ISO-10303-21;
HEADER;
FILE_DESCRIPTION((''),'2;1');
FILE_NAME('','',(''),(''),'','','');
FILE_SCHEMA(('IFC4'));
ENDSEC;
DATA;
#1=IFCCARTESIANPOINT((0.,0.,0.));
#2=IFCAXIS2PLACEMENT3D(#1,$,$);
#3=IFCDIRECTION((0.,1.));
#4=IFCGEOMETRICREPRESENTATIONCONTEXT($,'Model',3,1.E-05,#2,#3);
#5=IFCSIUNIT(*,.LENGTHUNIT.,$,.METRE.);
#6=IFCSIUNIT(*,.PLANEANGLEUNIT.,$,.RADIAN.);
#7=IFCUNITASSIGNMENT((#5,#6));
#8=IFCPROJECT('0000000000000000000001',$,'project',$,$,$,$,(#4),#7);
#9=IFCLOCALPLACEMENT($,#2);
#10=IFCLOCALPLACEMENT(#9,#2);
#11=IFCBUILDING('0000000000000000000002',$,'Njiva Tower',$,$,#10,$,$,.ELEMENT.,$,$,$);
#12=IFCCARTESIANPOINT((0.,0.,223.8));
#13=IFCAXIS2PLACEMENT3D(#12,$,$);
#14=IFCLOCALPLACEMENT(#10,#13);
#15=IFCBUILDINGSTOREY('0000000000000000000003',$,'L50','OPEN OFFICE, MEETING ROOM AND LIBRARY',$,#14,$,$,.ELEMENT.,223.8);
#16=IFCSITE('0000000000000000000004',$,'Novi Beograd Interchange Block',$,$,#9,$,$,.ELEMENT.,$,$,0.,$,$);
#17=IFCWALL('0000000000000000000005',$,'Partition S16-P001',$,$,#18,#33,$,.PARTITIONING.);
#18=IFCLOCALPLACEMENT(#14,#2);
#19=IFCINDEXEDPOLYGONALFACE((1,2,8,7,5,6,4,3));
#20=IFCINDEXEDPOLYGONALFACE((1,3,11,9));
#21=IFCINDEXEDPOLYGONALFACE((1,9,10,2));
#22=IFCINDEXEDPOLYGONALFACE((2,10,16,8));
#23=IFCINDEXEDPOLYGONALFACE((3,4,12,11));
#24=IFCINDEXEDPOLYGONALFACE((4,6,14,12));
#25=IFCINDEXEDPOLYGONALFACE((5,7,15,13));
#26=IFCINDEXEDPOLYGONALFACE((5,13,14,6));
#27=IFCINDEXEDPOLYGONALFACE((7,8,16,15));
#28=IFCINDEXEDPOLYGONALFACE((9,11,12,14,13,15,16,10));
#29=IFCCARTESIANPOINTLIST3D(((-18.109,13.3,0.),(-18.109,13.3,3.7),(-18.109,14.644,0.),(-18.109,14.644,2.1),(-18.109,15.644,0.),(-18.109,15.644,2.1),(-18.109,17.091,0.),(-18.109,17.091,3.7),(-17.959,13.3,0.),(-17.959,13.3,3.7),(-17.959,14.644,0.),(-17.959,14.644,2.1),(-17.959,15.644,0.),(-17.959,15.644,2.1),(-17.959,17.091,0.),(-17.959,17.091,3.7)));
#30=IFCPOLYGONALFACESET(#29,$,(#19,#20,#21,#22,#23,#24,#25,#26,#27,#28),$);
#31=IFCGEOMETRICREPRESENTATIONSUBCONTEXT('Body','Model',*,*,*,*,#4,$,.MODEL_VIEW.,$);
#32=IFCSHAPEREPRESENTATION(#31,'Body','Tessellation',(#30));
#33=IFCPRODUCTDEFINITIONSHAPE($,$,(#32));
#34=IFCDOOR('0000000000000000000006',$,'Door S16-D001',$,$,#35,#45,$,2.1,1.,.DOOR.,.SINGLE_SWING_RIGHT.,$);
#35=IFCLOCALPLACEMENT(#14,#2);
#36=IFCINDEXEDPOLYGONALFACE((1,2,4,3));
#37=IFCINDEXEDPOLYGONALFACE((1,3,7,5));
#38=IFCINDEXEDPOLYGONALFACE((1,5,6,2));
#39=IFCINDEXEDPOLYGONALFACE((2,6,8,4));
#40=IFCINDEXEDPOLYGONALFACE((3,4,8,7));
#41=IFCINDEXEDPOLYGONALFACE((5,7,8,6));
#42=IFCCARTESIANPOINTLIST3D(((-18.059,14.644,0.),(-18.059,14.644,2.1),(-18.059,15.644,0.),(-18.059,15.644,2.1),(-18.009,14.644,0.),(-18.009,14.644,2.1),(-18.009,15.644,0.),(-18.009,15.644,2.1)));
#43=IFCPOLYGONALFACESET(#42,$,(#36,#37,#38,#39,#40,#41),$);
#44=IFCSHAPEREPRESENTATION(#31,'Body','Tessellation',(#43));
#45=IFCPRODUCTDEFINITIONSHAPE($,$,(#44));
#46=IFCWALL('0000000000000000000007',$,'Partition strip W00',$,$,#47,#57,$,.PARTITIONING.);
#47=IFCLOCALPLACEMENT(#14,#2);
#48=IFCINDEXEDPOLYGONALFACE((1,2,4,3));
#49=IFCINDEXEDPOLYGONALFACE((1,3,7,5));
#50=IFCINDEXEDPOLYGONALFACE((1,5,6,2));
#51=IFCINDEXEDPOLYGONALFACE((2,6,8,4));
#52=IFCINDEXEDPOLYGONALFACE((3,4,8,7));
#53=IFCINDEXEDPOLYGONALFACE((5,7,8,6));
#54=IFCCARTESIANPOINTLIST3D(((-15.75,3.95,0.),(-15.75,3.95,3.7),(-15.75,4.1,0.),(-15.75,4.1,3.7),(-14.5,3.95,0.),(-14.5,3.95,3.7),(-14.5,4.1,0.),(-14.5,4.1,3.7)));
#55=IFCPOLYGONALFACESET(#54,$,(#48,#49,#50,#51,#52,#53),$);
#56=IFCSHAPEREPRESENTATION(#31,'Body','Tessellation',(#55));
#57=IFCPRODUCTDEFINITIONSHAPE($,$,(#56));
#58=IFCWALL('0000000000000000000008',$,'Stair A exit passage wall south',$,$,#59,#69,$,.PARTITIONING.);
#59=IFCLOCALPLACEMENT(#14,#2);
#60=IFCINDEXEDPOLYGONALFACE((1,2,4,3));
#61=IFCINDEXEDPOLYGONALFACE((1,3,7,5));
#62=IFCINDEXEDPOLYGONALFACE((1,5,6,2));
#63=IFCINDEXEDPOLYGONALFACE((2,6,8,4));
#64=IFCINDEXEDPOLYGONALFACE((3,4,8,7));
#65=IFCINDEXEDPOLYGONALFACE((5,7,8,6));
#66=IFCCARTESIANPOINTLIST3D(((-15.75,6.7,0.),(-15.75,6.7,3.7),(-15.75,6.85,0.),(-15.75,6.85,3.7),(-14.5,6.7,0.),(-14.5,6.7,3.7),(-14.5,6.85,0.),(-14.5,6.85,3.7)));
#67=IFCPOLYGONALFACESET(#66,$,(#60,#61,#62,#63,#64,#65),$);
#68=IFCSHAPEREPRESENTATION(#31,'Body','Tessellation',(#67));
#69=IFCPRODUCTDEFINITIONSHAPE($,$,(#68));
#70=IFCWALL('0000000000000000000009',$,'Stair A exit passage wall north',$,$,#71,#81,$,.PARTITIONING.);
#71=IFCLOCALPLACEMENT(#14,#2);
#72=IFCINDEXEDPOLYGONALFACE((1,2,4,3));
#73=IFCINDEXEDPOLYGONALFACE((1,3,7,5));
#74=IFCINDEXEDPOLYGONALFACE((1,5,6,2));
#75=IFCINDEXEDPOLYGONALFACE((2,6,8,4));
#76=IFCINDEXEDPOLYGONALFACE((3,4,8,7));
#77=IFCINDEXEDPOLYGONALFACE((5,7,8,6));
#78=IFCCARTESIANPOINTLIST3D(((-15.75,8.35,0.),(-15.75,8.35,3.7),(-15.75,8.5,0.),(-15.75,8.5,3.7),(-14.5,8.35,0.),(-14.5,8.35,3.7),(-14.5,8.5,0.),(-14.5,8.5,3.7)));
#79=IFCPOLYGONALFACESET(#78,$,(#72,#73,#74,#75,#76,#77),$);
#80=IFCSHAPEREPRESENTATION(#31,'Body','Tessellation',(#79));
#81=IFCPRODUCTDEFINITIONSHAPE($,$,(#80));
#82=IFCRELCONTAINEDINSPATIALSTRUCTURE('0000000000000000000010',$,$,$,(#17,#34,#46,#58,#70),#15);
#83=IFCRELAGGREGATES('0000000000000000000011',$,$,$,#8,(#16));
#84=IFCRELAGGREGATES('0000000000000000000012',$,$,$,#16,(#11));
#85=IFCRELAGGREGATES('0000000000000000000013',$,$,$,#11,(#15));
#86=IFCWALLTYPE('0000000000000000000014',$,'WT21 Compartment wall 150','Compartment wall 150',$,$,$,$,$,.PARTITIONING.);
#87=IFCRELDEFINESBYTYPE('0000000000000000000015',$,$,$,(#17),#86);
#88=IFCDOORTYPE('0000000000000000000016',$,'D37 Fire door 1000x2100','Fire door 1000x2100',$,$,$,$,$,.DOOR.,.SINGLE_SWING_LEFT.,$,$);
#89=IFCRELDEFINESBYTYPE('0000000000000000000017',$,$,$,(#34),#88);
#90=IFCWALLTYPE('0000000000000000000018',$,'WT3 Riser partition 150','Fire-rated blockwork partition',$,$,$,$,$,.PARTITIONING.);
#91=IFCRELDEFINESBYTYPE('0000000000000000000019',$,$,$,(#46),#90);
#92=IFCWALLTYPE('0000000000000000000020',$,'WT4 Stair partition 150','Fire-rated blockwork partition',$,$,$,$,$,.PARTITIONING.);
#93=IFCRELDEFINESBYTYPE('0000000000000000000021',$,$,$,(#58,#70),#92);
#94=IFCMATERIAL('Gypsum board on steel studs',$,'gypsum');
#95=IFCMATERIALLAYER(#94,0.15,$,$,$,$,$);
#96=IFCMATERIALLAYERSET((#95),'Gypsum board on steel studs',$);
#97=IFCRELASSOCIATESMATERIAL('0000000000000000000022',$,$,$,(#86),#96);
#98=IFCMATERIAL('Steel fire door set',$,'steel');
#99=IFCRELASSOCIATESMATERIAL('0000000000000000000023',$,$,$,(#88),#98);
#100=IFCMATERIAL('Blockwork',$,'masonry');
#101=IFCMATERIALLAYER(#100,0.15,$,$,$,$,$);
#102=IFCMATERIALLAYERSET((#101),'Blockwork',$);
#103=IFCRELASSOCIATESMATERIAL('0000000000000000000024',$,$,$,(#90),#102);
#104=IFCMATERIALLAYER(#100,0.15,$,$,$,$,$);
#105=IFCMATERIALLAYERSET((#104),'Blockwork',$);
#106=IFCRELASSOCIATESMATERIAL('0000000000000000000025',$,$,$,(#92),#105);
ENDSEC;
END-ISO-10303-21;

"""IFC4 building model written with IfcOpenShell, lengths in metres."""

from ifc_helpers import new_model, si_unit, direction, frame, frame_2d, origin, place, context, subcontext, project, spatial, rectangle, extrude, material, layer, layer_set, type_object, element, fill, save


model = new_model("IFC4")

# Units and contexts
model_context = context("Model", 3, precision=1e-05, world=origin(), true_north=direction((0.0, 1.0)))
body_context = subcontext(model_context, "Body", "Model", "MODEL_VIEW")
ifc_project = project(units=[si_unit("LENGTHUNIT", "METRE"), si_unit("PLANEANGLEUNIT", "RADIAN")], contexts=[model_context])

# Site, building, storey
site_placement = place(None, origin())
site = spatial("IfcSite", under=ifc_project, at=site_placement, Name="Novi Beograd Interchange Block", CompositionType="ELEMENT", RefElevation=0.0)
building_placement = place(site_placement, origin())
building = spatial("IfcBuilding", under=site, at=building_placement, Name="Njiva Tower", CompositionType="ELEMENT")
storey_placement = place(building_placement, frame((0.0, 0.0, 223.8)))
storey = spatial("IfcBuildingStorey", under=building, at=storey_placement, Name="L50", Description="OPEN OFFICE, MEETING ROOM AND LIBRARY", CompositionType="ELEMENT", Elevation=223.8)

# Shared definitions
ifc_material_1 = material(Name="Blockwork", Category="masonry")

# Wall, opening, door
ifc_material_2 = material(Name="Gypsum board on steel studs", Category="gypsum")
ifc_layer_1 = layer(ifc_material_2, 0.15)
ifc_layer_set_1 = layer_set([ifc_layer_1], Name="Gypsum board on steel studs")
wall_type_1 = type_object("IfcWallType", Name="WT21 Compartment wall 150", Description="Compartment wall 150", PredefinedType="PARTITIONING", material=ifc_layer_set_1)
wall_1_placement = place(storey_placement, frame((-18.034, 13.3, 0.0), z_axis=(0.0, 0.0, 1.0), x_axis=(0.0, 1.0, 0.0)))
wall_1 = element("IfcWall", 1, at=wall_1_placement, inside=storey, type_object=wall_type_1, Name="Partition S16-P001", PredefinedType="PARTITIONING", context=body_context, shape_type="SweptSolid", body=[
    extrude(rectangle(XDim=3.791, YDim=0.15, at=frame_2d((1.8955, 0.0))), origin(), (0.0, 0.0, 1.0), 3.7),
])
opening_1_placement = place(wall_1_placement, frame((1.344, 0.0, 0.0)))
opening_1 = element("IfcOpeningElement", 2, at=opening_1_placement, cuts=wall_1, PredefinedType="OPENING", context=body_context, shape_type="SweptSolid", body=[
    extrude(rectangle(XDim=1.0, YDim=2.1, at=frame_2d((0.5, 1.05))), frame((0.0, 0.085, 0.0), z_axis=(0.0, -1.0, 0.0), x_axis=(1.0, 0.0, 0.0)), (0.0, 0.0, 1.0), 0.17),
])
ifc_material_3 = material(Name="Steel fire door set", Category="steel")
door_type_1 = type_object("IfcDoorType", Name="D37 Fire door 1000x2100", Description="Fire door 1000x2100", OperationType="SINGLE_SWING_LEFT", PredefinedType="DOOR", material=ifc_material_3)
door_1_placement = place(opening_1_placement, origin())
door_1 = element("IfcDoor", 3, at=door_1_placement, inside=storey, type_object=door_type_1, Name="Door S16-D001", OperationType="SINGLE_SWING_RIGHT", OverallHeight=2.1, OverallWidth=1.0, PredefinedType="DOOR", context=body_context, shape_type="SweptSolid", body=[
    extrude(rectangle(XDim=1.0, YDim=2.1, at=frame_2d((0.5, 1.05))), frame((0.0, 0.025, 0.0), z_axis=(0.0, -1.0, 0.0), x_axis=(1.0, 0.0, 0.0)), (0.0, 0.0, 1.0), 0.05),
])
fill(opening_1, door_1)

# Walls
ifc_layer_2 = layer(ifc_material_1, 0.15)
ifc_layer_set_2 = layer_set([ifc_layer_2], Name="Blockwork")
wall_type_2 = type_object("IfcWallType", Name="WT3 Riser partition 150", Description="Fire-rated blockwork partition", PredefinedType="PARTITIONING", material=ifc_layer_set_2)
wall_2_placement = place(storey_placement, frame((-15.75, 4.025, 0.0), z_axis=(0.0, 0.0, 1.0), x_axis=(1.0, 0.0, 0.0)))
element("IfcWall", 4, at=wall_2_placement, inside=storey, type_object=wall_type_2, Name="Partition strip W00", PredefinedType="PARTITIONING", context=body_context, shape_type="SweptSolid", body=[
    extrude(rectangle(XDim=1.25, YDim=0.15, at=frame_2d((0.625, 0.0))), origin(), (0.0, 0.0, 1.0), 3.7),
])
ifc_layer_3 = layer(ifc_material_1, 0.15)
ifc_layer_set_3 = layer_set([ifc_layer_3], Name="Blockwork")
wall_type_3 = type_object("IfcWallType", Name="WT4 Stair partition 150", Description="Fire-rated blockwork partition", PredefinedType="PARTITIONING", material=ifc_layer_set_3)
for number, where, z_axis, x_axis, name in (
    (5, (-15.75, 6.775, 0.0), (0.0, 0.0, 1.0), (1.0, 0.0, 0.0), "Stair A exit passage wall south"),
    (6, (-15.75, 8.425, 0.0), (0.0, 0.0, 1.0), (1.0, 0.0, 0.0), "Stair A exit passage wall north"),
):
    element("IfcWall", number, at=place(storey_placement, frame(where, z_axis=z_axis, x_axis=x_axis)), inside=storey, type_object=wall_type_3, Name=name, PredefinedType="PARTITIONING", context=body_context, shape_type="SweptSolid", body=[
        extrude(rectangle(XDim=1.25, YDim=0.15, at=frame_2d((0.625, 0.0))), origin(), (0.0, 0.0, 1.0), 3.7),
    ])

save(model, "model.ifc")
